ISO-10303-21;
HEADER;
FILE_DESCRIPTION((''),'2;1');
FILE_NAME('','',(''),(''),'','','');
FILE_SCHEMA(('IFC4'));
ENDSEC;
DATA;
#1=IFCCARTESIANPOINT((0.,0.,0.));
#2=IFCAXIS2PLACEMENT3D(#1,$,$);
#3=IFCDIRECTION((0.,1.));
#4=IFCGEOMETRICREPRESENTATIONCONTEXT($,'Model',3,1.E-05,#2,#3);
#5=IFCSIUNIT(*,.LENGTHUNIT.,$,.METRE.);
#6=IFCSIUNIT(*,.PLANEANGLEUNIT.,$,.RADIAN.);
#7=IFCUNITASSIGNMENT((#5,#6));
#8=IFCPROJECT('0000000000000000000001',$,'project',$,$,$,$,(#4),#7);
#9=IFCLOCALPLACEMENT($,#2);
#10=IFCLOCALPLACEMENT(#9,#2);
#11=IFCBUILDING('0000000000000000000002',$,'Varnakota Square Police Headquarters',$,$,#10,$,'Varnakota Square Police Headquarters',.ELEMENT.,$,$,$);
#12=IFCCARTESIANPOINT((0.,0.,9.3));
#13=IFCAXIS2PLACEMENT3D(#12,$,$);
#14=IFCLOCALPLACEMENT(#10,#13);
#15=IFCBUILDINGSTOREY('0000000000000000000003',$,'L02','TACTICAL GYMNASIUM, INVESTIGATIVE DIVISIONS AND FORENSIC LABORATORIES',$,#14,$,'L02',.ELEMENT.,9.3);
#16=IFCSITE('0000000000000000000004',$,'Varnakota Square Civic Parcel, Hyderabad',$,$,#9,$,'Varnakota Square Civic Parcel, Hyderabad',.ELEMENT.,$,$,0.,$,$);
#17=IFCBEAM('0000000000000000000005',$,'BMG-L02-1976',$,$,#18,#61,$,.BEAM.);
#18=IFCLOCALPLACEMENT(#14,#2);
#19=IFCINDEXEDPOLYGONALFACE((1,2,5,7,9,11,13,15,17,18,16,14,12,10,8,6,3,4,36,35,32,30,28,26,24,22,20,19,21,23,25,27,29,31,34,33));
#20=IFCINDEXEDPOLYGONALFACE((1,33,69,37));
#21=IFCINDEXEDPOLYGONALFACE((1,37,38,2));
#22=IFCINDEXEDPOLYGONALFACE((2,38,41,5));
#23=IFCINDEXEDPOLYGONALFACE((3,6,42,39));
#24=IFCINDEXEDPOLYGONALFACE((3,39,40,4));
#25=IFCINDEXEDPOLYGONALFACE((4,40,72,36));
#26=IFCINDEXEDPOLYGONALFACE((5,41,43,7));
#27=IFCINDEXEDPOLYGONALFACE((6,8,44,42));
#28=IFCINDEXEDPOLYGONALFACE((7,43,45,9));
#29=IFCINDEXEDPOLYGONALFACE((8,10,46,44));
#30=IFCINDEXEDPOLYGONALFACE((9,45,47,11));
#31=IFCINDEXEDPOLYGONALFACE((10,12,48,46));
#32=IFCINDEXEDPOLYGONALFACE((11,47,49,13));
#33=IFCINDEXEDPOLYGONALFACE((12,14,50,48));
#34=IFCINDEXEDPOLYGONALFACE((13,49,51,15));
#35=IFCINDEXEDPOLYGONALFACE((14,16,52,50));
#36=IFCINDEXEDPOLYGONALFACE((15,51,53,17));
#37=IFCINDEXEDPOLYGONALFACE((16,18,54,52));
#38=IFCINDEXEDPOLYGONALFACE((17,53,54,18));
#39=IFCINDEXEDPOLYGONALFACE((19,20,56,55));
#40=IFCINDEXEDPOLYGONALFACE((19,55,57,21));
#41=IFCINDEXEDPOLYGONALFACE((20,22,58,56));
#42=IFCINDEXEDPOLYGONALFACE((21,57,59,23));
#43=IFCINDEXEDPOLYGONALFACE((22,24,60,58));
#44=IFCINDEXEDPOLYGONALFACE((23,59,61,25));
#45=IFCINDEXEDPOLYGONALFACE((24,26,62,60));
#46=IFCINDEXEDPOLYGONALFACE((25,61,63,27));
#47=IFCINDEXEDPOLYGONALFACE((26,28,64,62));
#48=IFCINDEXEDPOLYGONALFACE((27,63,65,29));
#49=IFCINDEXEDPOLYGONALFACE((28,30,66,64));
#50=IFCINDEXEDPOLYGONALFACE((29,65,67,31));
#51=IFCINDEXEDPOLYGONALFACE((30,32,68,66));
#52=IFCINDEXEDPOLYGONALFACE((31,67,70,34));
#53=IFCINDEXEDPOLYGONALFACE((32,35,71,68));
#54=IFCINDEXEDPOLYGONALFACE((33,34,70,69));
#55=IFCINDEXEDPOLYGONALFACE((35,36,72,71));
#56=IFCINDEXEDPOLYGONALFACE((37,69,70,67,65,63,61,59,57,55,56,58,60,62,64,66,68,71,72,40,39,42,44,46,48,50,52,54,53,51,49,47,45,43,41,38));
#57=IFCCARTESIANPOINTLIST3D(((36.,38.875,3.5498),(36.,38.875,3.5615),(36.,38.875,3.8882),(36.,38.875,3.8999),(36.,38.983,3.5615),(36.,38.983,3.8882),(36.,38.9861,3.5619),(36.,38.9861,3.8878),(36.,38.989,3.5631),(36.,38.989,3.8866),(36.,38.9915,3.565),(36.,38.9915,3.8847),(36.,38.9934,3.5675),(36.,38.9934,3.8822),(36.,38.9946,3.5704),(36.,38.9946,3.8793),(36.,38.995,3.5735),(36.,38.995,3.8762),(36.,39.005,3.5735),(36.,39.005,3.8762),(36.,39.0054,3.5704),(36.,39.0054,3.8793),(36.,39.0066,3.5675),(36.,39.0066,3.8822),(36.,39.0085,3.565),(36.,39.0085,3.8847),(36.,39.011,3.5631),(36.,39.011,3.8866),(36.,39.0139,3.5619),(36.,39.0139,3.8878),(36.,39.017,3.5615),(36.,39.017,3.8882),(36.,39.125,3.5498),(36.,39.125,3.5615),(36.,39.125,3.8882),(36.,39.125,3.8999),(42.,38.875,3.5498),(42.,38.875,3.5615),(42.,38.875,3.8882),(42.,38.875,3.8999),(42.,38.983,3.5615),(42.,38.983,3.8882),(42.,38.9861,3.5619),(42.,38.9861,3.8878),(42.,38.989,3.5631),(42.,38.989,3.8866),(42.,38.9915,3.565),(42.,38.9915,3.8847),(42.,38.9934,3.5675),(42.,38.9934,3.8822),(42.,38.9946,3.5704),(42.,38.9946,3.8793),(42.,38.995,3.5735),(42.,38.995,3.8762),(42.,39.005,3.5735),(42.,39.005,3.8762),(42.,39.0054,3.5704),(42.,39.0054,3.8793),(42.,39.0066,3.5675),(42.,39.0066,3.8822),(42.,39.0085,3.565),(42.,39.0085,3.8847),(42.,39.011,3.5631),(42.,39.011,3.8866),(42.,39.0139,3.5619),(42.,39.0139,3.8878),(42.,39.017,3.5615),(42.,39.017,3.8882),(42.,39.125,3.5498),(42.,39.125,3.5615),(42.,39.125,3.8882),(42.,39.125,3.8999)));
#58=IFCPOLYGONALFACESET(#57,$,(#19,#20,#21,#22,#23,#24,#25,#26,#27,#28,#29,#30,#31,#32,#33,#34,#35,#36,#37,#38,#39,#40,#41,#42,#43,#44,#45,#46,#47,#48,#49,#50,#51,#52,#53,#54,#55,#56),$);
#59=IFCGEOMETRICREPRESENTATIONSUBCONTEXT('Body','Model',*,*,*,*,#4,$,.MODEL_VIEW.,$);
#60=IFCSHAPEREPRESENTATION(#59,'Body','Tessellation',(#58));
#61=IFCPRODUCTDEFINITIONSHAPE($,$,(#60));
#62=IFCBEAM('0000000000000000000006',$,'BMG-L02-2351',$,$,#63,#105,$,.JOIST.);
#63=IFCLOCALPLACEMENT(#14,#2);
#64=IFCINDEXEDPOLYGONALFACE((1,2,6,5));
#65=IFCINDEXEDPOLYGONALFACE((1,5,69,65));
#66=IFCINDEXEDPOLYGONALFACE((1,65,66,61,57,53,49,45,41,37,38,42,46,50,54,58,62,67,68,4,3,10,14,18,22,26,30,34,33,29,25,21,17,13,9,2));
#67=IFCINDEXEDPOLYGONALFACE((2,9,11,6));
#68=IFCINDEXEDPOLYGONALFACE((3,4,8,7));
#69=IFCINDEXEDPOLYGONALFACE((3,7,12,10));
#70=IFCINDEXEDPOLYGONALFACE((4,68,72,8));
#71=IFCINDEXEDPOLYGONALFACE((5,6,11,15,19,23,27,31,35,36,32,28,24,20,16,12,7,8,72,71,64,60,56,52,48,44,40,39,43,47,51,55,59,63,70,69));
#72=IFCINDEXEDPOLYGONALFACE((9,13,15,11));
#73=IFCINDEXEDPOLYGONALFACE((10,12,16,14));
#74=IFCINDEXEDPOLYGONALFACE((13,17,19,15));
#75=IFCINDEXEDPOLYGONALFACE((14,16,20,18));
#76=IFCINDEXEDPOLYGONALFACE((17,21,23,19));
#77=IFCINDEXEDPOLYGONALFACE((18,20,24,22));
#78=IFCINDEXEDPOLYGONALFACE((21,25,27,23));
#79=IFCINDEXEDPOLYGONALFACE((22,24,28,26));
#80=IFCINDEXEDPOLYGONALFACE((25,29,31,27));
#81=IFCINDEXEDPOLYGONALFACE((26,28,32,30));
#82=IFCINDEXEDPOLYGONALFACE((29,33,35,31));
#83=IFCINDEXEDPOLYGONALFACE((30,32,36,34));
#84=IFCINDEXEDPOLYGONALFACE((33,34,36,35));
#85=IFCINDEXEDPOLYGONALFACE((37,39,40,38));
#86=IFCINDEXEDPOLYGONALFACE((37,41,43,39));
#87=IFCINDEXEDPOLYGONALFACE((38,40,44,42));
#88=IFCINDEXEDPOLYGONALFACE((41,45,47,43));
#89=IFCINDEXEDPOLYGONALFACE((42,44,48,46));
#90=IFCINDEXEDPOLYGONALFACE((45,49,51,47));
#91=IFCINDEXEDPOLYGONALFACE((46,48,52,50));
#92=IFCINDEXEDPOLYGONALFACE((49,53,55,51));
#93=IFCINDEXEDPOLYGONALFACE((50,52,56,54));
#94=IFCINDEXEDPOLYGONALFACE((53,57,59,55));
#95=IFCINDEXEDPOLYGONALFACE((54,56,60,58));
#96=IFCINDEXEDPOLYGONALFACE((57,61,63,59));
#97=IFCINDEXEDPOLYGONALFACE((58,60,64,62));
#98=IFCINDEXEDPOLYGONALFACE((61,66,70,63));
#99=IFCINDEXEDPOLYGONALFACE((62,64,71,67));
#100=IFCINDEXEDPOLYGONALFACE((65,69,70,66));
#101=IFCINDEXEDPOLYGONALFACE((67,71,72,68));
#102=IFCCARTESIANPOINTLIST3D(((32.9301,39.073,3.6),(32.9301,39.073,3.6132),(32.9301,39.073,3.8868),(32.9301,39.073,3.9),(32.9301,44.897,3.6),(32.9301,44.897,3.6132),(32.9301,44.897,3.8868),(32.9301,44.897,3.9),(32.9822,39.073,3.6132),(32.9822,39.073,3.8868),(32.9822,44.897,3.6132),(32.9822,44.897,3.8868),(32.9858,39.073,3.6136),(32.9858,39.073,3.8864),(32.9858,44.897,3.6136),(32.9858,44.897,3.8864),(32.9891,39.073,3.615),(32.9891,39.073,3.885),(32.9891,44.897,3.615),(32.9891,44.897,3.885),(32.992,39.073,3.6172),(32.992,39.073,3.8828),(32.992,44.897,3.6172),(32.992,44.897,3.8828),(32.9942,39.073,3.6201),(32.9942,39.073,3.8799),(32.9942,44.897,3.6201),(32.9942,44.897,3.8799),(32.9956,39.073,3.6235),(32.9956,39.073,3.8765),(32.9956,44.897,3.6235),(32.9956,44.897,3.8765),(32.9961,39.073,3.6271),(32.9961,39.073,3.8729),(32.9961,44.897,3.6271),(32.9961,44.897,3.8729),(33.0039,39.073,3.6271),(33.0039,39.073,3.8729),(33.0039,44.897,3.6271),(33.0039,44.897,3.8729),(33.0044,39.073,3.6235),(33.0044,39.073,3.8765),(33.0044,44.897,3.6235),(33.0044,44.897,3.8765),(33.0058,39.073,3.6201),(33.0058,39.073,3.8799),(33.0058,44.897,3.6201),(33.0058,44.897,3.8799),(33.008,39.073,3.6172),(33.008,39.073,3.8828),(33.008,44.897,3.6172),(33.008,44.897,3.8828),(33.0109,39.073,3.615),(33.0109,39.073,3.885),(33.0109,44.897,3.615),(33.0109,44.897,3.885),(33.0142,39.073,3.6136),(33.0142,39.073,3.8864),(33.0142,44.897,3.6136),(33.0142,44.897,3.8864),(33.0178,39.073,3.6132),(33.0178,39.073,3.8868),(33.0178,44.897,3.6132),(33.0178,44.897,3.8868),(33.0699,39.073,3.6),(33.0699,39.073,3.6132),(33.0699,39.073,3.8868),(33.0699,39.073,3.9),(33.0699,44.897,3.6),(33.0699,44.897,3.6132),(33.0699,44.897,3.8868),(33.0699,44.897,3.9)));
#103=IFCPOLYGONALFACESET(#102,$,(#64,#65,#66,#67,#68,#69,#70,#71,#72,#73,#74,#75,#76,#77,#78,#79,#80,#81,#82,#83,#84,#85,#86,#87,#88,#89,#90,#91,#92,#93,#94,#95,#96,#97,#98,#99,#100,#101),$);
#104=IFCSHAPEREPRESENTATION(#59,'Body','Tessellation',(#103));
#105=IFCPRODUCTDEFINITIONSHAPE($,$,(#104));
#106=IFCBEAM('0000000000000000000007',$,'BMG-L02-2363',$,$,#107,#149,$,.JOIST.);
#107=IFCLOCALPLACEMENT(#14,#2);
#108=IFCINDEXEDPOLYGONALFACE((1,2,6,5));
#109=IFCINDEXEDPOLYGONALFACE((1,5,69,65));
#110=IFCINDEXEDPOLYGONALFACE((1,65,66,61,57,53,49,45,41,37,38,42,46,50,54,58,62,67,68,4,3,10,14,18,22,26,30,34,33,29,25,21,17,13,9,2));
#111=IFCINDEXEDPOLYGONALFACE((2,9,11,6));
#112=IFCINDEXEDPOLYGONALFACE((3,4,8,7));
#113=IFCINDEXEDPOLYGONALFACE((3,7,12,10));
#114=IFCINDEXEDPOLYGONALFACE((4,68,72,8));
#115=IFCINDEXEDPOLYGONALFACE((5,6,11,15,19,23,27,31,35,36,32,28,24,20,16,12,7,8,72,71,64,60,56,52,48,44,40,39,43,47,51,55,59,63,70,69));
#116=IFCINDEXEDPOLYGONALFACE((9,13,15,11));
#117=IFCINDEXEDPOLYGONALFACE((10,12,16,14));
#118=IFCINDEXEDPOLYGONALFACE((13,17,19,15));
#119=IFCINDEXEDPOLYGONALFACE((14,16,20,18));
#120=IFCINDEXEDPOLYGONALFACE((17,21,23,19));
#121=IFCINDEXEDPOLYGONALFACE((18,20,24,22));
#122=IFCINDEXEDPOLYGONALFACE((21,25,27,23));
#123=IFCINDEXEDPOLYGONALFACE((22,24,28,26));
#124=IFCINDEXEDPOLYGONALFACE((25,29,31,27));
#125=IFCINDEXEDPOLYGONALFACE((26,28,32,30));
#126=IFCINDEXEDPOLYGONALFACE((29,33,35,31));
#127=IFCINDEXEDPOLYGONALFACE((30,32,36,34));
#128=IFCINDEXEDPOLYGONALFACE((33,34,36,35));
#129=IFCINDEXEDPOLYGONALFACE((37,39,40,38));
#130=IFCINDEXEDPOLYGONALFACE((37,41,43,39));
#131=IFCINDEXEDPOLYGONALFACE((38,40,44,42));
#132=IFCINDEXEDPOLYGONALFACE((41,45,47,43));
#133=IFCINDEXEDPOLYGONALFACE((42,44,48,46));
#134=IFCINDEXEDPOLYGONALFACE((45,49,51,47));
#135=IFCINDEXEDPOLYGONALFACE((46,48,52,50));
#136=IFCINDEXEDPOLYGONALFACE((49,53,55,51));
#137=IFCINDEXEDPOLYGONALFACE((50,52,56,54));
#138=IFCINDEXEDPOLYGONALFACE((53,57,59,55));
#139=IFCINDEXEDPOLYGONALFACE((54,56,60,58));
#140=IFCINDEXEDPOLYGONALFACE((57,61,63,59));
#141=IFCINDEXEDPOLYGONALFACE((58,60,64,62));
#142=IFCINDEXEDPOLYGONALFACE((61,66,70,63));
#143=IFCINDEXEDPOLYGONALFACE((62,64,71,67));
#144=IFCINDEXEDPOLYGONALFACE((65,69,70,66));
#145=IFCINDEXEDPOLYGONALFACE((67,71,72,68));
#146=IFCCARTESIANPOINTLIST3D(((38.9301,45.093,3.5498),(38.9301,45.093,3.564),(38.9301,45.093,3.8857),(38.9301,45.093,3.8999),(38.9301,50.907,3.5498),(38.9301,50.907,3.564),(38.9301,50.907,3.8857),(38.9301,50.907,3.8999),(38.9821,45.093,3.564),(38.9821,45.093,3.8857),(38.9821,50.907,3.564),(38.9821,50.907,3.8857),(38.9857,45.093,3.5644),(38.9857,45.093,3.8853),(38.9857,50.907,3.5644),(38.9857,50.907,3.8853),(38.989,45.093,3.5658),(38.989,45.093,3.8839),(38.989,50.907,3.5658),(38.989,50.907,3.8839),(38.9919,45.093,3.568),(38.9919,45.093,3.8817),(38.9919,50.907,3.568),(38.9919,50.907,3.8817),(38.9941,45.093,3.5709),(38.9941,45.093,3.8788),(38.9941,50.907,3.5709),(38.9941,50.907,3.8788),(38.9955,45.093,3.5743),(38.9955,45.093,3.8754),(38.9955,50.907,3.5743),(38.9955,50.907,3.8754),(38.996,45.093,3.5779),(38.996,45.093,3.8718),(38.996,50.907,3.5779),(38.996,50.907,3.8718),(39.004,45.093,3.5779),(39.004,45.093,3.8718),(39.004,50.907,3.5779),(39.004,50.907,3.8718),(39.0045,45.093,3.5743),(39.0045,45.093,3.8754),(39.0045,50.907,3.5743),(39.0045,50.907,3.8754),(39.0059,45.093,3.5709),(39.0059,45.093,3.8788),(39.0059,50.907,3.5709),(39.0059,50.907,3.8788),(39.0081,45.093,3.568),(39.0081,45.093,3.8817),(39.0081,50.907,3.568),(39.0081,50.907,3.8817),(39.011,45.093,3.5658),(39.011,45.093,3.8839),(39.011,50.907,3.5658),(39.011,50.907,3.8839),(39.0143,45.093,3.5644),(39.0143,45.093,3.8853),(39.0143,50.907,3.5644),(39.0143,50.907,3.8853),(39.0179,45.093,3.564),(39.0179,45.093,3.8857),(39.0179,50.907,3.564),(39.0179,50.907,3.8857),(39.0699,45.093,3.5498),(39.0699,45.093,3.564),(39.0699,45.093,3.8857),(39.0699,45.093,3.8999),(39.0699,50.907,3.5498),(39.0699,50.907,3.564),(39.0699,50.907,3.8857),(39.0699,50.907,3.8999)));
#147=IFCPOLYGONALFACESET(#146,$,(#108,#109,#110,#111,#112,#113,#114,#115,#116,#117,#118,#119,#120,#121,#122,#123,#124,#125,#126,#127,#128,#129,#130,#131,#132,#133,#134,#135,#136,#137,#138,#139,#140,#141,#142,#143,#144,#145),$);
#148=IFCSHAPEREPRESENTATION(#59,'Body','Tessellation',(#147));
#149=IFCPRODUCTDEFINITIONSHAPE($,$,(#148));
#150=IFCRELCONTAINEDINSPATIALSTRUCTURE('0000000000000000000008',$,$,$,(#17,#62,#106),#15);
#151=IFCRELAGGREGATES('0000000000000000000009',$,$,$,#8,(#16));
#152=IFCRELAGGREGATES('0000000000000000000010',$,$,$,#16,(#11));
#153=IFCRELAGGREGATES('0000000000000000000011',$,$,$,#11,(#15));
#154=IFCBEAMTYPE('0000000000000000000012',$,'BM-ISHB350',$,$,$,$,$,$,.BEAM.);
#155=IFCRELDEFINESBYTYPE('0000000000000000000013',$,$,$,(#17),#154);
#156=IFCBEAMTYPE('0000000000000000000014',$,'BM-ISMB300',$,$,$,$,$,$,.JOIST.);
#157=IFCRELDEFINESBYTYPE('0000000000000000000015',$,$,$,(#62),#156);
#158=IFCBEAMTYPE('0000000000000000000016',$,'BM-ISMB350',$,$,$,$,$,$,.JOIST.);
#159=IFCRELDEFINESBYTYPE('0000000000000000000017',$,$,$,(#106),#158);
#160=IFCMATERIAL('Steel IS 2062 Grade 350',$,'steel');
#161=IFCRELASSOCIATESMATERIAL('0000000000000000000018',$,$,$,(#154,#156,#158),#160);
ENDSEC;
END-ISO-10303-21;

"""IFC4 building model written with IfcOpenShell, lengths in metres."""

from ifc_helpers import new_model, si_unit, direction, frame, origin, origin_2d, place, context, subcontext, project, spatial, i_section, extrude, material, material_profile, profile_set, type_object, element, save


model = new_model("IFC4")

# Units and contexts
model_context = context("Model", 3, precision=1e-05, world=origin(), true_north=direction((0.0, 1.0)))
body_context = subcontext(model_context, "Body", "Model", "MODEL_VIEW")
ifc_project = project(units=[si_unit("LENGTHUNIT", "METRE"), si_unit("PLANEANGLEUNIT", "RADIAN")], contexts=[model_context])

# Site, building, storey
site_placement = place(None, origin())
site = spatial("IfcSite", under=ifc_project, at=site_placement, Name="Varnakota Square Civic Parcel, Hyderabad", LongName="Varnakota Square Civic Parcel, Hyderabad", CompositionType="ELEMENT", RefElevation=0.0)
building_placement = place(site_placement, origin())
building = spatial("IfcBuilding", under=site, at=building_placement, Name="Varnakota Square Police Headquarters", LongName="Varnakota Square Police Headquarters", CompositionType="ELEMENT")
storey_placement = place(building_placement, frame((0.0, 0.0, 9.3)))
storey = spatial("IfcBuildingStorey", under=building, at=storey_placement, Name="L02", Description="TACTICAL GYMNASIUM, INVESTIGATIVE DIVISIONS AND FORENSIC LABORATORIES", LongName="L02", CompositionType="ELEMENT", Elevation=9.3)

# Shared definitions
ifc_material_1 = material(Name="Steel IS 2062 Grade 350", Category="steel")

# Beams
ifc_material_profile_1 = material_profile(ifc_material_1, i_section(OverallWidth=0.25, OverallDepth=0.3501, WebThickness=0.01, FlangeThickness=0.0117, FilletRadius=0.012, at=origin_2d()), Name="ISHB 350")
ifc_profile_set_1 = profile_set([ifc_material_profile_1], Name="Steel IS 2062 Grade 350")
beam_type_1 = type_object("IfcBeamType", Name="BM-ISHB350", PredefinedType="BEAM", material=ifc_profile_set_1)
beam_1_placement = place(storey_placement, frame((36.0, 39.0, 3.7249), z_axis=(1.0, 0.0, 0.0), x_axis=(0.0, 1.0, 0.0)))
element("IfcBeam", 1, at=beam_1_placement, inside=storey, type_object=beam_type_1, Name="BMG-L02-1976", PredefinedType="BEAM", context=body_context, shape_type="SweptSolid", body=[
    extrude(i_section(OverallWidth=0.25, OverallDepth=0.3501, WebThickness=0.01, FlangeThickness=0.0117, FilletRadius=0.012, at=origin_2d()), origin(), (0.0, 0.0, 1.0), 6.0),
])
ifc_material_profile_2 = material_profile(ifc_material_1, i_section(OverallWidth=0.1399, OverallDepth=0.3, WebThickness=0.0078, FlangeThickness=0.0132, FilletRadius=0.0139, at=origin_2d()), Name="ISMB 300")
ifc_profile_set_2 = profile_set([ifc_material_profile_2], Name="Steel IS 2062 Grade 350")
beam_type_2 = type_object("IfcBeamType", Name="BM-ISMB300", PredefinedType="JOIST", material=ifc_profile_set_2)
beam_2_placement = place(storey_placement, frame((33.0, 39.073, 3.75), z_axis=(0.0, 1.0, 0.0), x_axis=(-1.0, 0.0, 0.0)))
element("IfcBeam", 2, at=beam_2_placement, inside=storey, type_object=beam_type_2, Name="BMG-L02-2351", PredefinedType="JOIST", context=body_context, shape_type="SweptSolid", body=[
    extrude(i_section(OverallWidth=0.1399, OverallDepth=0.3, WebThickness=0.0078, FlangeThickness=0.0132, FilletRadius=0.0139, at=origin_2d()), origin(), (0.0, 0.0, 1.0), 5.824),
])
ifc_material_profile_3 = material_profile(ifc_material_1, i_section(OverallWidth=0.1399, OverallDepth=0.3501, WebThickness=0.0081, FlangeThickness=0.0142, FilletRadius=0.0139, at=origin_2d()), Name="ISMB 350")
ifc_profile_set_3 = profile_set([ifc_material_profile_3], Name="Steel IS 2062 Grade 350")
beam_type_3 = type_object("IfcBeamType", Name="BM-ISMB350", PredefinedType="JOIST", material=ifc_profile_set_3)
beam_3_placement = place(storey_placement, frame((39.0, 45.093, 3.7249), z_axis=(0.0, 1.0, 0.0), x_axis=(-1.0, 0.0, 0.0)))
element("IfcBeam", 3, at=beam_3_placement, inside=storey, type_object=beam_type_3, Name="BMG-L02-2363", PredefinedType="JOIST", context=body_context, shape_type="SweptSolid", body=[
    extrude(i_section(OverallWidth=0.1399, OverallDepth=0.3501, WebThickness=0.0081, FlangeThickness=0.0142, FilletRadius=0.0139, at=origin_2d()), origin(), (0.0, 0.0, 1.0), 5.814),
])

save(model, "model.ifc")
